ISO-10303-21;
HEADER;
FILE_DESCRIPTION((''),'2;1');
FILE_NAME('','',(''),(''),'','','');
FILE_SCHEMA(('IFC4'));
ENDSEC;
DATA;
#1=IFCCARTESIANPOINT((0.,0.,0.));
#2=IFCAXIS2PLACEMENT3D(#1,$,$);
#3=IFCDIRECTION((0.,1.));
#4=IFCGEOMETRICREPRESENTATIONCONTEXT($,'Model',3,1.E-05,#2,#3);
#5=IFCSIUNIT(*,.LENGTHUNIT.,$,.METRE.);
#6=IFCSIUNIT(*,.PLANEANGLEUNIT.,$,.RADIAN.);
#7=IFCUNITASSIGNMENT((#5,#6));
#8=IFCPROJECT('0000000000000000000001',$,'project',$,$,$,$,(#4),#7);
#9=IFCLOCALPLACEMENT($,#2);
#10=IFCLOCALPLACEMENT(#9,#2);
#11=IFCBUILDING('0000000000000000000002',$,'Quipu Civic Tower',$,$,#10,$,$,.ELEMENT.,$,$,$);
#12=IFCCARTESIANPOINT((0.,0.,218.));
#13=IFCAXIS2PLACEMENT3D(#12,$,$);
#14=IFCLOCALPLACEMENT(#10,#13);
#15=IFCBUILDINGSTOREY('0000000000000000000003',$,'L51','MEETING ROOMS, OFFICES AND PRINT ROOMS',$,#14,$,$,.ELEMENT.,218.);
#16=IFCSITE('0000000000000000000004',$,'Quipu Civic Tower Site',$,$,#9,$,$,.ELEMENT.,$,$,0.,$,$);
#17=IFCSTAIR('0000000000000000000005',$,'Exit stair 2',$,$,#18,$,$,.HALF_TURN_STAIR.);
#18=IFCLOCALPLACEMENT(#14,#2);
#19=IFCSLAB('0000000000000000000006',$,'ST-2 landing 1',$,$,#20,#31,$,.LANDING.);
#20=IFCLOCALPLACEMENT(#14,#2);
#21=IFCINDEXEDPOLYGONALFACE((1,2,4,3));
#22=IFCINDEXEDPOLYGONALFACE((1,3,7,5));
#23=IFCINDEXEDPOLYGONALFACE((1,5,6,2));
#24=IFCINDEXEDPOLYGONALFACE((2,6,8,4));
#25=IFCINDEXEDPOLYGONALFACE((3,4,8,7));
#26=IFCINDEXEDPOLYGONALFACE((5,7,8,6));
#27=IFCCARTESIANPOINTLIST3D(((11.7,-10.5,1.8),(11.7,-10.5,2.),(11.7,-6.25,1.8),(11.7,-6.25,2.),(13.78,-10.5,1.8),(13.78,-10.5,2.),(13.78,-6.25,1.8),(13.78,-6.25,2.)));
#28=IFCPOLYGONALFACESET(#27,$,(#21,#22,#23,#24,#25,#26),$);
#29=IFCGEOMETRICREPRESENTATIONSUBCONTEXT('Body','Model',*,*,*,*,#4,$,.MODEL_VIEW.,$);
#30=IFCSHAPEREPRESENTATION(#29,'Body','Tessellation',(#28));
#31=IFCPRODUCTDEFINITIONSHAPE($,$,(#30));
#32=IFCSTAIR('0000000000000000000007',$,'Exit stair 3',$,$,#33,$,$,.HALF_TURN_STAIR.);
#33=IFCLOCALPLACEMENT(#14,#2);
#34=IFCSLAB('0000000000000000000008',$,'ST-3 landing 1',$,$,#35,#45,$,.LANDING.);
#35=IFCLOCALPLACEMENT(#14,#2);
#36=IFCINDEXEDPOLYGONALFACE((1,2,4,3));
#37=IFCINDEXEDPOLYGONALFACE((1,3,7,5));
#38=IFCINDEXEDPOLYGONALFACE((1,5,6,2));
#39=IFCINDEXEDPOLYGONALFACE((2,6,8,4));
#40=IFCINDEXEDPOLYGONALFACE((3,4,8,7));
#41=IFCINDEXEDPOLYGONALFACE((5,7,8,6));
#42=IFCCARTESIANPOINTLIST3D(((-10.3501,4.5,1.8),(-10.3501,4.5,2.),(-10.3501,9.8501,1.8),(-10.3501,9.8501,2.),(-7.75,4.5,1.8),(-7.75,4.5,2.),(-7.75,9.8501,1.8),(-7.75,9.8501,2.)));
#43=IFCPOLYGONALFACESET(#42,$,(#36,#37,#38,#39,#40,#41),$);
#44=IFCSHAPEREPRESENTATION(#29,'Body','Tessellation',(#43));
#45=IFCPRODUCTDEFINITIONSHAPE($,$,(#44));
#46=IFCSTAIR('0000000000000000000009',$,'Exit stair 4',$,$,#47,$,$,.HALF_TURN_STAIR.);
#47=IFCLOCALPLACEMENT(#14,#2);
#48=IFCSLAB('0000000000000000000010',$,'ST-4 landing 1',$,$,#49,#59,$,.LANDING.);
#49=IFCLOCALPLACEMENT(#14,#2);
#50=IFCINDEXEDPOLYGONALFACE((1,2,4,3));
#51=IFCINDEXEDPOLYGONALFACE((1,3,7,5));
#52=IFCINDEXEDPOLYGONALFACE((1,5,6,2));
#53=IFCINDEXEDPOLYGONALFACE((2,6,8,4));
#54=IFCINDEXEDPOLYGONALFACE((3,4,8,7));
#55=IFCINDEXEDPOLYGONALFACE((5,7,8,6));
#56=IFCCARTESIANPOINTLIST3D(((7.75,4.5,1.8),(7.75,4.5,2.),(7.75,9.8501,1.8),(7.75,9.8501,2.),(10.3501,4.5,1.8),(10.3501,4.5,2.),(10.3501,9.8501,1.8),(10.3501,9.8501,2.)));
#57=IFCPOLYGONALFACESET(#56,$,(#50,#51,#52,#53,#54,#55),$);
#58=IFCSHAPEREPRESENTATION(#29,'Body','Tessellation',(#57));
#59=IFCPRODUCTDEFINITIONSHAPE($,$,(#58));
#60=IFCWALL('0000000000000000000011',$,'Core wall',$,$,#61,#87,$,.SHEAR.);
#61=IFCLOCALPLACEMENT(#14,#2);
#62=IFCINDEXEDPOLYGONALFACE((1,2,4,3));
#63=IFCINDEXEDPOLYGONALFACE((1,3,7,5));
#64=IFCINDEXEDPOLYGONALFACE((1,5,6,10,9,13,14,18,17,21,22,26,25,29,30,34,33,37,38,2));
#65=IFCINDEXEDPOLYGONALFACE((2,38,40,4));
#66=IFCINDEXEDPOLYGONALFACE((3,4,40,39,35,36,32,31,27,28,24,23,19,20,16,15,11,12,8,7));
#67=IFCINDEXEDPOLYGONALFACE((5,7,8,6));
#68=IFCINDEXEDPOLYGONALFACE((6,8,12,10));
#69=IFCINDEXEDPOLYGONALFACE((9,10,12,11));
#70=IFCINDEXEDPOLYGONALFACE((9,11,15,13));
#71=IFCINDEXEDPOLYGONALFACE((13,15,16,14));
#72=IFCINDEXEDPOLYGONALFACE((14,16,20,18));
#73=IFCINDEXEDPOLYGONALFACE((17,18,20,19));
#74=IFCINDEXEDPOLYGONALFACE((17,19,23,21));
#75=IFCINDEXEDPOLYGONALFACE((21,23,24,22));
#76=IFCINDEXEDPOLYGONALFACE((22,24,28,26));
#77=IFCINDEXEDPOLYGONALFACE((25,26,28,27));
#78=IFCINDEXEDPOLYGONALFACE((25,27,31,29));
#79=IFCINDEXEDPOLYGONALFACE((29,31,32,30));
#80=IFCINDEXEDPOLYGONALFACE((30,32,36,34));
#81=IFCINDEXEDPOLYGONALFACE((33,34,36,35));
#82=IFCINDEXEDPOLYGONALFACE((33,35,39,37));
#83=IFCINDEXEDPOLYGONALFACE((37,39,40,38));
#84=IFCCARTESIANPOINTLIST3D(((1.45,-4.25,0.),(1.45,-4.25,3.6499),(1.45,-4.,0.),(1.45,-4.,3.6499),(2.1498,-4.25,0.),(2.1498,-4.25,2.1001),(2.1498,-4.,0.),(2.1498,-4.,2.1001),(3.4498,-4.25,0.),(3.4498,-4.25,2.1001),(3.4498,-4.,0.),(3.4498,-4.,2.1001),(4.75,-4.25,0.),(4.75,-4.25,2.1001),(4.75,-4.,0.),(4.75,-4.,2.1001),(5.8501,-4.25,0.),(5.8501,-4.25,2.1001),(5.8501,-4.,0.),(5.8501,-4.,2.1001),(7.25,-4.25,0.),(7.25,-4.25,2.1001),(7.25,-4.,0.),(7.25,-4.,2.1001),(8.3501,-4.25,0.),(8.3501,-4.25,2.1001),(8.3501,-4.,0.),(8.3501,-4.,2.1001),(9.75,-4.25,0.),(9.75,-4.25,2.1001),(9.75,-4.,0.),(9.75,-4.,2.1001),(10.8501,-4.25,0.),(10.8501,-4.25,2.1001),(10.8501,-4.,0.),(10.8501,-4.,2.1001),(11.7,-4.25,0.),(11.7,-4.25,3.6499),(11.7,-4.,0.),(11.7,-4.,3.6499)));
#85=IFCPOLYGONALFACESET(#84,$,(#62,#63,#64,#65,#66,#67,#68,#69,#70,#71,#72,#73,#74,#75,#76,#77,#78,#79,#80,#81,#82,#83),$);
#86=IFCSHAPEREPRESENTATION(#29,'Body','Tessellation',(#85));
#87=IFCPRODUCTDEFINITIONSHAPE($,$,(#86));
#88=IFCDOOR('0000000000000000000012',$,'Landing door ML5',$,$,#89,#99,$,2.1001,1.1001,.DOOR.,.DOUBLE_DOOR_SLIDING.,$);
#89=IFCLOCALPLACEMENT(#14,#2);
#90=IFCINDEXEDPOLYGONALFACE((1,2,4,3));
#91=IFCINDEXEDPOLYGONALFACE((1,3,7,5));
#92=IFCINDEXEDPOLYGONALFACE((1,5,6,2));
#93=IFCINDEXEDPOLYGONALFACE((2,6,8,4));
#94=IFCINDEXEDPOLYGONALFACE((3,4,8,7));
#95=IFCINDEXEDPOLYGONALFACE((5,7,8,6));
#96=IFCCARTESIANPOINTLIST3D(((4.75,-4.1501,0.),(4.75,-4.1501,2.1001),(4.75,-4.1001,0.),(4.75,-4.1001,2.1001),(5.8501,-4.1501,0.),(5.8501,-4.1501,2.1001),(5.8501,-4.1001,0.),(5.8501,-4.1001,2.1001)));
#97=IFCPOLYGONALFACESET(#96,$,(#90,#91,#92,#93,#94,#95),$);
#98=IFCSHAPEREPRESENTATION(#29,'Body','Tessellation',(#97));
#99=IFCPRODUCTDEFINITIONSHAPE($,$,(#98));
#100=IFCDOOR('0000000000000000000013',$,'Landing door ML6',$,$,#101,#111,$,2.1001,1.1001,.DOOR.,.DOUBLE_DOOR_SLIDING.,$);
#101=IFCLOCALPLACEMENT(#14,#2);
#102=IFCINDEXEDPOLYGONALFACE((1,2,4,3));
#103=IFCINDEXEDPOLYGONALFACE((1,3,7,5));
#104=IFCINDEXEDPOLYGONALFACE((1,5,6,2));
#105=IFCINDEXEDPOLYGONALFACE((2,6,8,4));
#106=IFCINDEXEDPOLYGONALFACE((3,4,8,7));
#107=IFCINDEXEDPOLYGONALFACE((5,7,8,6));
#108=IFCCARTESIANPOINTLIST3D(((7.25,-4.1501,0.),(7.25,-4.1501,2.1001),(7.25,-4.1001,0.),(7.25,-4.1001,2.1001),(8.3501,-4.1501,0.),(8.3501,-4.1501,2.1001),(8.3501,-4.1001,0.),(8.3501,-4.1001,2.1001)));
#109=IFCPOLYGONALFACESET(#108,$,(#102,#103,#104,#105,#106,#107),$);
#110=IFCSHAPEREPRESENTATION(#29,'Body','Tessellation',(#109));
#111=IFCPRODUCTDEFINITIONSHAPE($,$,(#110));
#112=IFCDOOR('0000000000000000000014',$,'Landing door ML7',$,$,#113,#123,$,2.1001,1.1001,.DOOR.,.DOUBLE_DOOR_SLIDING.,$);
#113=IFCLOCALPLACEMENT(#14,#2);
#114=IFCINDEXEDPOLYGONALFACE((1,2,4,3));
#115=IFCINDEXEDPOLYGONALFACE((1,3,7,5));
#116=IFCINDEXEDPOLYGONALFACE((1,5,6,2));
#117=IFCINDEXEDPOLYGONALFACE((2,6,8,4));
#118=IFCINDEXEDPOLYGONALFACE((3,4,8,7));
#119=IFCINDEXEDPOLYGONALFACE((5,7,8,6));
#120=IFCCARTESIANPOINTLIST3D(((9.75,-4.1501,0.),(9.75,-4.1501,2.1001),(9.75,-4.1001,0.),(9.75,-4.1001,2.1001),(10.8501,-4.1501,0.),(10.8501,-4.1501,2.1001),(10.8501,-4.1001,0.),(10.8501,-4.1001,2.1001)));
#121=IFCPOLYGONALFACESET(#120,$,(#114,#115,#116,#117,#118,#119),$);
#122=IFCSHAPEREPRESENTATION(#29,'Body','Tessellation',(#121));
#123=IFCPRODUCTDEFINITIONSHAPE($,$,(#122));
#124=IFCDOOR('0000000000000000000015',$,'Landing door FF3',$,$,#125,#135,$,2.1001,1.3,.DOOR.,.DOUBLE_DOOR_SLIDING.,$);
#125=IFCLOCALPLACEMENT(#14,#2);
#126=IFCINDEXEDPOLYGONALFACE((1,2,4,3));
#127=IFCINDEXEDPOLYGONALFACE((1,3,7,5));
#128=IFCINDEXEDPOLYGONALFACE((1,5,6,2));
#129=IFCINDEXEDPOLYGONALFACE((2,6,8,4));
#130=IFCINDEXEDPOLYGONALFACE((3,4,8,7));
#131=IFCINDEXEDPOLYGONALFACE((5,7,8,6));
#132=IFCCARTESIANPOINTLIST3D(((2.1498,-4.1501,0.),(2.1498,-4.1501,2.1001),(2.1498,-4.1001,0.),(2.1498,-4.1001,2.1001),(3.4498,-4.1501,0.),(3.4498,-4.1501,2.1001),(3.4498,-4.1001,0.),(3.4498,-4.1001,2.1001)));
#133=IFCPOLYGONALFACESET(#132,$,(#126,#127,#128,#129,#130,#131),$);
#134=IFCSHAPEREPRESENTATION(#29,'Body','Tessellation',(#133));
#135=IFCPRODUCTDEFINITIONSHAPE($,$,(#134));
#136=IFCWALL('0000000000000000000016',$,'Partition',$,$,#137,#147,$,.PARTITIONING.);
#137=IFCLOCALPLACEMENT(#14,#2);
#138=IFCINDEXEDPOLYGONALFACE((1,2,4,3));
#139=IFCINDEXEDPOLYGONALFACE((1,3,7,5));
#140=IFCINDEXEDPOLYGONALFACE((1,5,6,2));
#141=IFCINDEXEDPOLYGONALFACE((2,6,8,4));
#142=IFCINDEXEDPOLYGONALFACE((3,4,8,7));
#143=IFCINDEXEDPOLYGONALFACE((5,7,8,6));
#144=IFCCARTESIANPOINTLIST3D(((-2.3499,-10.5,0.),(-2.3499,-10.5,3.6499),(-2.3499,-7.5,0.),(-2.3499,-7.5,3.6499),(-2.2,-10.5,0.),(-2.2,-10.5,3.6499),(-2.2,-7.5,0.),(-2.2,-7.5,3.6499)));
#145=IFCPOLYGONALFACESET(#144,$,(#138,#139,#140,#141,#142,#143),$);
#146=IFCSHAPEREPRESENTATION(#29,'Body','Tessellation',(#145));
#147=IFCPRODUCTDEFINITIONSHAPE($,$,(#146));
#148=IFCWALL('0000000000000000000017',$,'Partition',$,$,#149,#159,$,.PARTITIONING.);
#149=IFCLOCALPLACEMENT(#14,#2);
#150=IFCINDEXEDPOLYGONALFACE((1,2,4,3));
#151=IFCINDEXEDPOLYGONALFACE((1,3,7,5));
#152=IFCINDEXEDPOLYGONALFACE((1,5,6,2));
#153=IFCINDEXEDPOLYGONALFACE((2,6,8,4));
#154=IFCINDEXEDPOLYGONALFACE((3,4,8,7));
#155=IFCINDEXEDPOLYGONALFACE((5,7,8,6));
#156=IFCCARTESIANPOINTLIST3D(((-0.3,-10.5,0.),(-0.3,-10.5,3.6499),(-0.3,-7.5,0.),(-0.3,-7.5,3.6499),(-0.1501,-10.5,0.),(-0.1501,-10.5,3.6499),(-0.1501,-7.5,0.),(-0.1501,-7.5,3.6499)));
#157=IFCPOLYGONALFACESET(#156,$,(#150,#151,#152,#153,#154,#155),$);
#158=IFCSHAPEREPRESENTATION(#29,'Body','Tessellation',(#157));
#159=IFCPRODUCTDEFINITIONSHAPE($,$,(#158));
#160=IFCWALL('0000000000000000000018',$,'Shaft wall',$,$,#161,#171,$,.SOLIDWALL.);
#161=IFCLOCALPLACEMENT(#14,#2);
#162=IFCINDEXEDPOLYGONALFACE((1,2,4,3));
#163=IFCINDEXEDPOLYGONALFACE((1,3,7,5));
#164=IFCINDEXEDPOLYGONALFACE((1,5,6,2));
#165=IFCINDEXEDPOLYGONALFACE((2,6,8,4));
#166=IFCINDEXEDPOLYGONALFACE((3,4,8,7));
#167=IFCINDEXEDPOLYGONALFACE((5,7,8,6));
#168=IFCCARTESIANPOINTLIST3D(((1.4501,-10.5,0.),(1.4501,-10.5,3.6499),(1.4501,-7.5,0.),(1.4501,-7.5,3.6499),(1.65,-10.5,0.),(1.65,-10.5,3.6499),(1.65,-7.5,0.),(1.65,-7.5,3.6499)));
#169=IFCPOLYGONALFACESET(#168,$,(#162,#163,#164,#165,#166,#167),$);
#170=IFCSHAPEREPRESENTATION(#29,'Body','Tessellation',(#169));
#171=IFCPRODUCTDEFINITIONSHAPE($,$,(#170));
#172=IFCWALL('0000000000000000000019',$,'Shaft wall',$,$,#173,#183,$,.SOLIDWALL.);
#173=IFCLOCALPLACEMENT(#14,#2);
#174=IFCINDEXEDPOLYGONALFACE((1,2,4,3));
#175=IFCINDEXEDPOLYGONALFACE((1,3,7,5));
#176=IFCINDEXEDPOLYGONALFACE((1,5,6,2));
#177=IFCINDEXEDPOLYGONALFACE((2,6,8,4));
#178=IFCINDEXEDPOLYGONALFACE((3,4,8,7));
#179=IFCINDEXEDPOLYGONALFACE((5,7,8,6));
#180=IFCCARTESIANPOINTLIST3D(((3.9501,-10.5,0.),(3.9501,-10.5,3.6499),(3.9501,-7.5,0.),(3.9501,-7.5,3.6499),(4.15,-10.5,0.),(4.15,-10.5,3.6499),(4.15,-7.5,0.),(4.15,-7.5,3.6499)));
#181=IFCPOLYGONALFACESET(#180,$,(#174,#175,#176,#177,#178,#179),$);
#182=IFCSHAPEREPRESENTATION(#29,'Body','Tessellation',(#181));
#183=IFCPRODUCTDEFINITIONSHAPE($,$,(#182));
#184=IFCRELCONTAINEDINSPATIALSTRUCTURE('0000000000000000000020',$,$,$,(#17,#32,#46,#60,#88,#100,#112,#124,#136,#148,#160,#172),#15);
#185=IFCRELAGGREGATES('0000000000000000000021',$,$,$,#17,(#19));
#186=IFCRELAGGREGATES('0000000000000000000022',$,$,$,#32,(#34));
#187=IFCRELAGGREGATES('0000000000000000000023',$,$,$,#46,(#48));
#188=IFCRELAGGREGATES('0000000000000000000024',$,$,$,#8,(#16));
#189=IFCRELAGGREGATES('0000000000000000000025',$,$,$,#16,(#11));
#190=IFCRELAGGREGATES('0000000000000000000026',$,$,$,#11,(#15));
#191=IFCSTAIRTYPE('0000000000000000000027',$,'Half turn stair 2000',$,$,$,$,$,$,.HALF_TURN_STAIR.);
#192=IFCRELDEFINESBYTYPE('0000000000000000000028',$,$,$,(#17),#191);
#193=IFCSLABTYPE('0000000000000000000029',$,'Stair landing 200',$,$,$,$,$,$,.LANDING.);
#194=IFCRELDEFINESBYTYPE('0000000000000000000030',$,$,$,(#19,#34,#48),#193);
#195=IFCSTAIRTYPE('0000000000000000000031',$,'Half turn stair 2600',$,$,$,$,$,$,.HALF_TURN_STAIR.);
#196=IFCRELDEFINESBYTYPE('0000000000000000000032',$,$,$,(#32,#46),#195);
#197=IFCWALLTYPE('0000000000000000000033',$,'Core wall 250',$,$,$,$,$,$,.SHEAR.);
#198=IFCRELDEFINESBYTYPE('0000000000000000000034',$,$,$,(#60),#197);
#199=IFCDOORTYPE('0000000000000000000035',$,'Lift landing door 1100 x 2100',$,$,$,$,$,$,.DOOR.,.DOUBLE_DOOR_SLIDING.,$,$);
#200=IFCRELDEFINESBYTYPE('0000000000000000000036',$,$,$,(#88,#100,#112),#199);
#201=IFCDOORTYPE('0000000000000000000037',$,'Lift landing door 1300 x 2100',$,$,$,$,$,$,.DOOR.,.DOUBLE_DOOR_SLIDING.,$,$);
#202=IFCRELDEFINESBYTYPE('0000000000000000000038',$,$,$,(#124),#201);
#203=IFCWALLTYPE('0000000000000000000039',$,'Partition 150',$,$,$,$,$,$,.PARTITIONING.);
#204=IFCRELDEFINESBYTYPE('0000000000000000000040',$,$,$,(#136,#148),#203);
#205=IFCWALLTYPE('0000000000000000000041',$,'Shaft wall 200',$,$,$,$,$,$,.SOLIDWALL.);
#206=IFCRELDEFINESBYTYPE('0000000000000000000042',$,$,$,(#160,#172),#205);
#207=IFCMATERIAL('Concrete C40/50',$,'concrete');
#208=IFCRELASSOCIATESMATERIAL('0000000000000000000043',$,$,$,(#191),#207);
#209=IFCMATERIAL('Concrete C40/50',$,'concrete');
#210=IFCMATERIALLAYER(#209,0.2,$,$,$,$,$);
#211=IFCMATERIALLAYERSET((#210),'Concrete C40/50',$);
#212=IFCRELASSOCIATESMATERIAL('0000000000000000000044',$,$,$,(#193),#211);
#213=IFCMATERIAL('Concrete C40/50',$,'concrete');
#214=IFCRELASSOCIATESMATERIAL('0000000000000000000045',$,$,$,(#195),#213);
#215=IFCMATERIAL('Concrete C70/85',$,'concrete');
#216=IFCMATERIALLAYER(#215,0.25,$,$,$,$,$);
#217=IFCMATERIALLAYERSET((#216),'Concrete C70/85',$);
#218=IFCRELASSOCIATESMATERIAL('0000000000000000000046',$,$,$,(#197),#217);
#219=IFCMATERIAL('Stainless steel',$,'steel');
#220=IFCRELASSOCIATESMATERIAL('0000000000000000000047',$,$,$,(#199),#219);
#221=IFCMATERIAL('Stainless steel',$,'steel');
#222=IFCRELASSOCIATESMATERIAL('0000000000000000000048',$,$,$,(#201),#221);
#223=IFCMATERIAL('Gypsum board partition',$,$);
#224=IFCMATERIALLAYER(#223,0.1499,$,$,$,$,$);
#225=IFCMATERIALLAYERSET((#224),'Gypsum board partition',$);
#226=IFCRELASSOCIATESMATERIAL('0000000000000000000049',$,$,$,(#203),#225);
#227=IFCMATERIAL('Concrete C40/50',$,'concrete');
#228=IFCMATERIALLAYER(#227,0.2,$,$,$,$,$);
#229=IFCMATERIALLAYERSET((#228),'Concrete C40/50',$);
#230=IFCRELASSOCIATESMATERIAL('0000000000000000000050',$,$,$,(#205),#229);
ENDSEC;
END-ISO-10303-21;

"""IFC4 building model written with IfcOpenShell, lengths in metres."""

from ifc_helpers import new_model, si_unit, direction, frame, frame_2d, origin, place, context, subcontext, project, spatial, polyline, rectangle, outline, extrude, material, layer, layer_set, type_object, element, fill, aggregate, save


model = new_model("IFC4")

# Units and contexts
model_context = context("Model", 3, precision=1e-05, world=origin(), true_north=direction((0.0, 1.0)))
body_context = subcontext(model_context, "Body", "Model", "MODEL_VIEW")
ifc_project = project(units=[si_unit("LENGTHUNIT", "METRE"), si_unit("PLANEANGLEUNIT", "RADIAN")], contexts=[model_context])

# Site, building, storey
site_placement = place(None, origin())
site = spatial("IfcSite", under=ifc_project, at=site_placement, Name="Quipu Civic Tower Site", CompositionType="ELEMENT", RefElevation=0.0)
building_placement = place(site_placement, origin())
building = spatial("IfcBuilding", under=site, at=building_placement, Name="Quipu Civic Tower", CompositionType="ELEMENT")
storey_placement = place(building_placement, frame((0.0, 0.0, 218.0)))
storey = spatial("IfcBuildingStorey", under=building, at=storey_placement, Name="L51", Description="MEETING ROOMS, OFFICES AND PRINT ROOMS", CompositionType="ELEMENT", Elevation=218.0)

# Stairs, slabs
ifc_material_1 = material(Name="Concrete C40/50", Category="concrete")
stair_type_1 = type_object("IfcStairType", Name="Half turn stair 2000", PredefinedType="HALF_TURN_STAIR", material=ifc_material_1)
ifc_material_2 = material(Name="Concrete C40/50", Category="concrete")
ifc_layer_1 = layer(ifc_material_2, 0.2)
ifc_layer_set_1 = layer_set([ifc_layer_1], Name="Concrete C40/50")
slab_type_1 = type_object("IfcSlabType", Name="Stair landing 200", PredefinedType="LANDING", material=ifc_layer_set_1)
stair_1_placement = place(storey_placement, origin())
stair_1 = element("IfcStair", 1, at=stair_1_placement, inside=storey, type_object=stair_type_1, Name="Exit stair 2", PredefinedType="HALF_TURN_STAIR")
slab_1_placement = place(storey_placement, frame((0.0, 0.0, 1.8)))
slab_1 = element("IfcSlab", 2, at=slab_1_placement, type_object=slab_type_1, Name="ST-2 landing 1", PredefinedType="LANDING", context=body_context, shape_type="SweptSolid", body=[
    extrude(outline(polyline([(13.78, -6.25), (11.7, -6.25), (11.7, -10.5), (13.78, -10.5), (13.78, -6.25)])), origin(), (0.0, 0.0, 1.0), 0.2),
])
aggregate(stair_1, [slab_1])
ifc_material_3 = material(Name="Concrete C40/50", Category="concrete")
stair_type_2 = type_object("IfcStairType", Name="Half turn stair 2600", PredefinedType="HALF_TURN_STAIR", material=ifc_material_3)
stair_2_placement = place(storey_placement, origin())
stair_2 = element("IfcStair", 3, at=stair_2_placement, inside=storey, type_object=stair_type_2, Name="Exit stair 3", PredefinedType="HALF_TURN_STAIR")
slab_2_placement = place(storey_placement, frame((0.0, 0.0, 1.8)))
slab_2 = element("IfcSlab", 4, at=slab_2_placement, type_object=slab_type_1, Name="ST-3 landing 1", PredefinedType="LANDING", context=body_context, shape_type="SweptSolid", body=[
    extrude(outline(polyline([(-10.3501, 4.5), (-7.75, 4.5), (-7.75, 9.8501), (-10.3501, 9.8501), (-10.3501, 4.5)])), origin(), (0.0, 0.0, 1.0), 0.2),
])
aggregate(stair_2, [slab_2])
stair_3_placement = place(storey_placement, origin())
stair_3 = element("IfcStair", 5, at=stair_3_placement, inside=storey, type_object=stair_type_2, Name="Exit stair 4", PredefinedType="HALF_TURN_STAIR")
slab_3_placement = place(storey_placement, frame((0.0, 0.0, 1.8)))
slab_3 = element("IfcSlab", 6, at=slab_3_placement, type_object=slab_type_1, Name="ST-4 landing 1", PredefinedType="LANDING", context=body_context, shape_type="SweptSolid", body=[
    extrude(outline(polyline([(10.3501, 9.8501), (7.75, 9.8501), (7.75, 4.5), (10.3501, 4.5), (10.3501, 9.8501)])), origin(), (0.0, 0.0, 1.0), 0.2),
])
aggregate(stair_3, [slab_3])

# Wall, openings, doors
ifc_material_4 = material(Name="Concrete C70/85", Category="concrete")
ifc_layer_2 = layer(ifc_material_4, 0.25)
ifc_layer_set_2 = layer_set([ifc_layer_2], Name="Concrete C70/85")
wall_type_1 = type_object("IfcWallType", Name="Core wall 250", PredefinedType="SHEAR", material=ifc_layer_set_2)
wall_1_placement = place(storey_placement, frame((1.45, -4.125, 0.0), z_axis=(0.0, 0.0, 1.0), x_axis=(1.0, 0.0, 0.0)))
wall_1 = element("IfcWall", 7, at=wall_1_placement, inside=storey, type_object=wall_type_1, Name="Core wall", PredefinedType="SHEAR", context=body_context, shape_type="SweptSolid", body=[
    extrude(rectangle(XDim=10.25, YDim=0.25, at=frame_2d((5.125, 0.0))), origin(), (0.0, 0.0, 1.0), 3.6499),
])
opening_1_placement = place(wall_1_placement, frame((0.7, 0.0, 0.0)))
opening_1 = element("IfcOpeningElement", 8, at=opening_1_placement, cuts=wall_1, PredefinedType="OPENING", context=body_context, shape_type="SweptSolid", body=[
    extrude(rectangle(XDim=1.3, YDim=2.1001, at=frame_2d((0.6499, 1.05))), frame((0.0, 0.135, 0.0), z_axis=(0.0, -1.0, 0.0), x_axis=(1.0, 0.0, 0.0)), (0.0, 0.0, 1.0), 0.27),
])
opening_2_placement = place(wall_1_placement, frame((3.3, 0.0, 0.0)))
opening_2 = element("IfcOpeningElement", 9, at=opening_2_placement, cuts=wall_1, PredefinedType="OPENING", context=body_context, shape_type="SweptSolid", body=[
    extrude(rectangle(XDim=1.1001, YDim=2.1001, at=frame_2d((0.55, 1.05))), frame((0.0, 0.135, 0.0), z_axis=(0.0, -1.0, 0.0), x_axis=(1.0, 0.0, 0.0)), (0.0, 0.0, 1.0), 0.27),
])
opening_3_placement = place(wall_1_placement, frame((5.8, 0.0, 0.0)))
opening_3 = element("IfcOpeningElement", 10, at=opening_3_placement, cuts=wall_1, PredefinedType="OPENING", context=body_context, shape_type="SweptSolid", body=[
    extrude(rectangle(XDim=1.1001, YDim=2.1001, at=frame_2d((0.55, 1.05))), frame((0.0, 0.135, 0.0), z_axis=(0.0, -1.0, 0.0), x_axis=(1.0, 0.0, 0.0)), (0.0, 0.0, 1.0), 0.27),
])
opening_4_placement = place(wall_1_placement, frame((8.3, 0.0, 0.0)))
opening_4 = element("IfcOpeningElement", 11, at=opening_4_placement, cuts=wall_1, PredefinedType="OPENING", context=body_context, shape_type="SweptSolid", body=[
    extrude(rectangle(XDim=1.1001, YDim=2.1001, at=frame_2d((0.55, 1.05))), frame((0.0, 0.135, 0.0), z_axis=(0.0, -1.0, 0.0), x_axis=(1.0, 0.0, 0.0)), (0.0, 0.0, 1.0), 0.27),
])
ifc_material_5 = material(Name="Stainless steel", Category="steel")
door_type_1 = type_object("IfcDoorType", Name="Lift landing door 1100 x 2100", OperationType="DOUBLE_DOOR_SLIDING", PredefinedType="DOOR", material=ifc_material_5)
door_1_placement = place(opening_2_placement, origin())
door_1 = element("IfcDoor", 12, at=door_1_placement, inside=storey, type_object=door_type_1, Name="Landing door ML5", OperationType="DOUBLE_DOOR_SLIDING", OverallHeight=2.1001, OverallWidth=1.1001, PredefinedType="DOOR", context=body_context, shape_type="SweptSolid", body=[
    extrude(rectangle(XDim=1.1001, YDim=2.1001, at=frame_2d((0.55, 1.05))), frame((0.0, 0.0249, 0.0), z_axis=(0.0, -1.0, 0.0), x_axis=(1.0, 0.0, 0.0)), (0.0, 0.0, 1.0), 0.05),
])
fill(opening_2, door_1)
door_2_placement = place(opening_3_placement, origin())
door_2 = element("IfcDoor", 13, at=door_2_placement, inside=storey, type_object=door_type_1, Name="Landing door ML6", OperationType="DOUBLE_DOOR_SLIDING", OverallHeight=2.1001, OverallWidth=1.1001, PredefinedType="DOOR", context=body_context, shape_type="SweptSolid", body=[
    extrude(rectangle(XDim=1.1001, YDim=2.1001, at=frame_2d((0.55, 1.05))), frame((0.0, 0.0249, 0.0), z_axis=(0.0, -1.0, 0.0), x_axis=(1.0, 0.0, 0.0)), (0.0, 0.0, 1.0), 0.05),
])
fill(opening_3, door_2)
door_3_placement = place(opening_4_placement, origin())
door_3 = element("IfcDoor", 14, at=door_3_placement, inside=storey, type_object=door_type_1, Name="Landing door ML7", OperationType="DOUBLE_DOOR_SLIDING", OverallHeight=2.1001, OverallWidth=1.1001, PredefinedType="DOOR", context=body_context, shape_type="SweptSolid", body=[
    extrude(rectangle(XDim=1.1001, YDim=2.1001, at=frame_2d((0.55, 1.05))), frame((0.0, 0.0249, 0.0), z_axis=(0.0, -1.0, 0.0), x_axis=(1.0, 0.0, 0.0)), (0.0, 0.0, 1.0), 0.05),
])
fill(opening_4, door_3)
ifc_material_6 = material(Name="Stainless steel", Category="steel")
door_type_2 = type_object("IfcDoorType", Name="Lift landing door 1300 x 2100", OperationType="DOUBLE_DOOR_SLIDING", PredefinedType="DOOR", material=ifc_material_6)
door_4_placement = place(opening_1_placement, origin())
door_4 = element("IfcDoor", 15, at=door_4_placement, inside=storey, type_object=door_type_2, Name="Landing door FF3", OperationType="DOUBLE_DOOR_SLIDING", OverallHeight=2.1001, OverallWidth=1.3, PredefinedType="DOOR", context=body_context, shape_type="SweptSolid", body=[
    extrude(rectangle(XDim=1.3, YDim=2.1001, at=frame_2d((0.6499, 1.05))), frame((0.0, 0.0249, 0.0), z_axis=(0.0, -1.0, 0.0), x_axis=(1.0, 0.0, 0.0)), (0.0, 0.0, 1.0), 0.05),
])
fill(opening_1, door_4)

# Walls
ifc_material_7 = material(Name="Gypsum board partition")
ifc_layer_3 = layer(ifc_material_7, 0.1499)
ifc_layer_set_3 = layer_set([ifc_layer_3], Name="Gypsum board partition")
wall_type_2 = type_object("IfcWallType", Name="Partition 150", PredefinedType="PARTITIONING", material=ifc_layer_set_3)
for number, where, z_axis, x_axis, name in (
    (16, (-2.2749, -10.5, 0.0), (0.0, 0.0, 1.0), (0.0, 1.0, 0.0), "Partition"),
    (17, (-0.2251, -10.5, 0.0), (0.0, 0.0, 1.0), (0.0, 1.0, 0.0), "Partition"),
):
    element("IfcWall", number, at=place(storey_placement, frame(where, z_axis=z_axis, x_axis=x_axis)), inside=storey, type_object=wall_type_2, Name=name, PredefinedType="PARTITIONING", context=body_context, shape_type="SweptSolid", body=[
        extrude(rectangle(XDim=3.0, YDim=0.1499, at=frame_2d((1.5, 0.0))), origin(), (0.0, 0.0, 1.0), 3.6499),
    ])
ifc_material_8 = material(Name="Concrete C40/50", Category="concrete")
ifc_layer_4 = layer(ifc_material_8, 0.2)
ifc_layer_set_4 = layer_set([ifc_layer_4], Name="Concrete C40/50")
wall_type_3 = type_object("IfcWallType", Name="Shaft wall 200", PredefinedType="SOLIDWALL", material=ifc_layer_set_4)
for number, where, z_axis, x_axis, name in (
    (18, (1.55, -10.5, 0.0), (0.0, 0.0, 1.0), (0.0, 1.0, 0.0), "Shaft wall"),
    (19, (4.05, -10.5, 0.0), (0.0, 0.0, 1.0), (0.0, 1.0, 0.0), "Shaft wall"),
):
    element("IfcWall", number, at=place(storey_placement, frame(where, z_axis=z_axis, x_axis=x_axis)), inside=storey, type_object=wall_type_3, Name=name, PredefinedType="SOLIDWALL", context=body_context, shape_type="SweptSolid", body=[
        extrude(rectangle(XDim=3.0, YDim=0.2, at=frame_2d((1.5, 0.0))), origin(), (0.0, 0.0, 1.0), 3.6499),
    ])

save(model, "model.ifc")
